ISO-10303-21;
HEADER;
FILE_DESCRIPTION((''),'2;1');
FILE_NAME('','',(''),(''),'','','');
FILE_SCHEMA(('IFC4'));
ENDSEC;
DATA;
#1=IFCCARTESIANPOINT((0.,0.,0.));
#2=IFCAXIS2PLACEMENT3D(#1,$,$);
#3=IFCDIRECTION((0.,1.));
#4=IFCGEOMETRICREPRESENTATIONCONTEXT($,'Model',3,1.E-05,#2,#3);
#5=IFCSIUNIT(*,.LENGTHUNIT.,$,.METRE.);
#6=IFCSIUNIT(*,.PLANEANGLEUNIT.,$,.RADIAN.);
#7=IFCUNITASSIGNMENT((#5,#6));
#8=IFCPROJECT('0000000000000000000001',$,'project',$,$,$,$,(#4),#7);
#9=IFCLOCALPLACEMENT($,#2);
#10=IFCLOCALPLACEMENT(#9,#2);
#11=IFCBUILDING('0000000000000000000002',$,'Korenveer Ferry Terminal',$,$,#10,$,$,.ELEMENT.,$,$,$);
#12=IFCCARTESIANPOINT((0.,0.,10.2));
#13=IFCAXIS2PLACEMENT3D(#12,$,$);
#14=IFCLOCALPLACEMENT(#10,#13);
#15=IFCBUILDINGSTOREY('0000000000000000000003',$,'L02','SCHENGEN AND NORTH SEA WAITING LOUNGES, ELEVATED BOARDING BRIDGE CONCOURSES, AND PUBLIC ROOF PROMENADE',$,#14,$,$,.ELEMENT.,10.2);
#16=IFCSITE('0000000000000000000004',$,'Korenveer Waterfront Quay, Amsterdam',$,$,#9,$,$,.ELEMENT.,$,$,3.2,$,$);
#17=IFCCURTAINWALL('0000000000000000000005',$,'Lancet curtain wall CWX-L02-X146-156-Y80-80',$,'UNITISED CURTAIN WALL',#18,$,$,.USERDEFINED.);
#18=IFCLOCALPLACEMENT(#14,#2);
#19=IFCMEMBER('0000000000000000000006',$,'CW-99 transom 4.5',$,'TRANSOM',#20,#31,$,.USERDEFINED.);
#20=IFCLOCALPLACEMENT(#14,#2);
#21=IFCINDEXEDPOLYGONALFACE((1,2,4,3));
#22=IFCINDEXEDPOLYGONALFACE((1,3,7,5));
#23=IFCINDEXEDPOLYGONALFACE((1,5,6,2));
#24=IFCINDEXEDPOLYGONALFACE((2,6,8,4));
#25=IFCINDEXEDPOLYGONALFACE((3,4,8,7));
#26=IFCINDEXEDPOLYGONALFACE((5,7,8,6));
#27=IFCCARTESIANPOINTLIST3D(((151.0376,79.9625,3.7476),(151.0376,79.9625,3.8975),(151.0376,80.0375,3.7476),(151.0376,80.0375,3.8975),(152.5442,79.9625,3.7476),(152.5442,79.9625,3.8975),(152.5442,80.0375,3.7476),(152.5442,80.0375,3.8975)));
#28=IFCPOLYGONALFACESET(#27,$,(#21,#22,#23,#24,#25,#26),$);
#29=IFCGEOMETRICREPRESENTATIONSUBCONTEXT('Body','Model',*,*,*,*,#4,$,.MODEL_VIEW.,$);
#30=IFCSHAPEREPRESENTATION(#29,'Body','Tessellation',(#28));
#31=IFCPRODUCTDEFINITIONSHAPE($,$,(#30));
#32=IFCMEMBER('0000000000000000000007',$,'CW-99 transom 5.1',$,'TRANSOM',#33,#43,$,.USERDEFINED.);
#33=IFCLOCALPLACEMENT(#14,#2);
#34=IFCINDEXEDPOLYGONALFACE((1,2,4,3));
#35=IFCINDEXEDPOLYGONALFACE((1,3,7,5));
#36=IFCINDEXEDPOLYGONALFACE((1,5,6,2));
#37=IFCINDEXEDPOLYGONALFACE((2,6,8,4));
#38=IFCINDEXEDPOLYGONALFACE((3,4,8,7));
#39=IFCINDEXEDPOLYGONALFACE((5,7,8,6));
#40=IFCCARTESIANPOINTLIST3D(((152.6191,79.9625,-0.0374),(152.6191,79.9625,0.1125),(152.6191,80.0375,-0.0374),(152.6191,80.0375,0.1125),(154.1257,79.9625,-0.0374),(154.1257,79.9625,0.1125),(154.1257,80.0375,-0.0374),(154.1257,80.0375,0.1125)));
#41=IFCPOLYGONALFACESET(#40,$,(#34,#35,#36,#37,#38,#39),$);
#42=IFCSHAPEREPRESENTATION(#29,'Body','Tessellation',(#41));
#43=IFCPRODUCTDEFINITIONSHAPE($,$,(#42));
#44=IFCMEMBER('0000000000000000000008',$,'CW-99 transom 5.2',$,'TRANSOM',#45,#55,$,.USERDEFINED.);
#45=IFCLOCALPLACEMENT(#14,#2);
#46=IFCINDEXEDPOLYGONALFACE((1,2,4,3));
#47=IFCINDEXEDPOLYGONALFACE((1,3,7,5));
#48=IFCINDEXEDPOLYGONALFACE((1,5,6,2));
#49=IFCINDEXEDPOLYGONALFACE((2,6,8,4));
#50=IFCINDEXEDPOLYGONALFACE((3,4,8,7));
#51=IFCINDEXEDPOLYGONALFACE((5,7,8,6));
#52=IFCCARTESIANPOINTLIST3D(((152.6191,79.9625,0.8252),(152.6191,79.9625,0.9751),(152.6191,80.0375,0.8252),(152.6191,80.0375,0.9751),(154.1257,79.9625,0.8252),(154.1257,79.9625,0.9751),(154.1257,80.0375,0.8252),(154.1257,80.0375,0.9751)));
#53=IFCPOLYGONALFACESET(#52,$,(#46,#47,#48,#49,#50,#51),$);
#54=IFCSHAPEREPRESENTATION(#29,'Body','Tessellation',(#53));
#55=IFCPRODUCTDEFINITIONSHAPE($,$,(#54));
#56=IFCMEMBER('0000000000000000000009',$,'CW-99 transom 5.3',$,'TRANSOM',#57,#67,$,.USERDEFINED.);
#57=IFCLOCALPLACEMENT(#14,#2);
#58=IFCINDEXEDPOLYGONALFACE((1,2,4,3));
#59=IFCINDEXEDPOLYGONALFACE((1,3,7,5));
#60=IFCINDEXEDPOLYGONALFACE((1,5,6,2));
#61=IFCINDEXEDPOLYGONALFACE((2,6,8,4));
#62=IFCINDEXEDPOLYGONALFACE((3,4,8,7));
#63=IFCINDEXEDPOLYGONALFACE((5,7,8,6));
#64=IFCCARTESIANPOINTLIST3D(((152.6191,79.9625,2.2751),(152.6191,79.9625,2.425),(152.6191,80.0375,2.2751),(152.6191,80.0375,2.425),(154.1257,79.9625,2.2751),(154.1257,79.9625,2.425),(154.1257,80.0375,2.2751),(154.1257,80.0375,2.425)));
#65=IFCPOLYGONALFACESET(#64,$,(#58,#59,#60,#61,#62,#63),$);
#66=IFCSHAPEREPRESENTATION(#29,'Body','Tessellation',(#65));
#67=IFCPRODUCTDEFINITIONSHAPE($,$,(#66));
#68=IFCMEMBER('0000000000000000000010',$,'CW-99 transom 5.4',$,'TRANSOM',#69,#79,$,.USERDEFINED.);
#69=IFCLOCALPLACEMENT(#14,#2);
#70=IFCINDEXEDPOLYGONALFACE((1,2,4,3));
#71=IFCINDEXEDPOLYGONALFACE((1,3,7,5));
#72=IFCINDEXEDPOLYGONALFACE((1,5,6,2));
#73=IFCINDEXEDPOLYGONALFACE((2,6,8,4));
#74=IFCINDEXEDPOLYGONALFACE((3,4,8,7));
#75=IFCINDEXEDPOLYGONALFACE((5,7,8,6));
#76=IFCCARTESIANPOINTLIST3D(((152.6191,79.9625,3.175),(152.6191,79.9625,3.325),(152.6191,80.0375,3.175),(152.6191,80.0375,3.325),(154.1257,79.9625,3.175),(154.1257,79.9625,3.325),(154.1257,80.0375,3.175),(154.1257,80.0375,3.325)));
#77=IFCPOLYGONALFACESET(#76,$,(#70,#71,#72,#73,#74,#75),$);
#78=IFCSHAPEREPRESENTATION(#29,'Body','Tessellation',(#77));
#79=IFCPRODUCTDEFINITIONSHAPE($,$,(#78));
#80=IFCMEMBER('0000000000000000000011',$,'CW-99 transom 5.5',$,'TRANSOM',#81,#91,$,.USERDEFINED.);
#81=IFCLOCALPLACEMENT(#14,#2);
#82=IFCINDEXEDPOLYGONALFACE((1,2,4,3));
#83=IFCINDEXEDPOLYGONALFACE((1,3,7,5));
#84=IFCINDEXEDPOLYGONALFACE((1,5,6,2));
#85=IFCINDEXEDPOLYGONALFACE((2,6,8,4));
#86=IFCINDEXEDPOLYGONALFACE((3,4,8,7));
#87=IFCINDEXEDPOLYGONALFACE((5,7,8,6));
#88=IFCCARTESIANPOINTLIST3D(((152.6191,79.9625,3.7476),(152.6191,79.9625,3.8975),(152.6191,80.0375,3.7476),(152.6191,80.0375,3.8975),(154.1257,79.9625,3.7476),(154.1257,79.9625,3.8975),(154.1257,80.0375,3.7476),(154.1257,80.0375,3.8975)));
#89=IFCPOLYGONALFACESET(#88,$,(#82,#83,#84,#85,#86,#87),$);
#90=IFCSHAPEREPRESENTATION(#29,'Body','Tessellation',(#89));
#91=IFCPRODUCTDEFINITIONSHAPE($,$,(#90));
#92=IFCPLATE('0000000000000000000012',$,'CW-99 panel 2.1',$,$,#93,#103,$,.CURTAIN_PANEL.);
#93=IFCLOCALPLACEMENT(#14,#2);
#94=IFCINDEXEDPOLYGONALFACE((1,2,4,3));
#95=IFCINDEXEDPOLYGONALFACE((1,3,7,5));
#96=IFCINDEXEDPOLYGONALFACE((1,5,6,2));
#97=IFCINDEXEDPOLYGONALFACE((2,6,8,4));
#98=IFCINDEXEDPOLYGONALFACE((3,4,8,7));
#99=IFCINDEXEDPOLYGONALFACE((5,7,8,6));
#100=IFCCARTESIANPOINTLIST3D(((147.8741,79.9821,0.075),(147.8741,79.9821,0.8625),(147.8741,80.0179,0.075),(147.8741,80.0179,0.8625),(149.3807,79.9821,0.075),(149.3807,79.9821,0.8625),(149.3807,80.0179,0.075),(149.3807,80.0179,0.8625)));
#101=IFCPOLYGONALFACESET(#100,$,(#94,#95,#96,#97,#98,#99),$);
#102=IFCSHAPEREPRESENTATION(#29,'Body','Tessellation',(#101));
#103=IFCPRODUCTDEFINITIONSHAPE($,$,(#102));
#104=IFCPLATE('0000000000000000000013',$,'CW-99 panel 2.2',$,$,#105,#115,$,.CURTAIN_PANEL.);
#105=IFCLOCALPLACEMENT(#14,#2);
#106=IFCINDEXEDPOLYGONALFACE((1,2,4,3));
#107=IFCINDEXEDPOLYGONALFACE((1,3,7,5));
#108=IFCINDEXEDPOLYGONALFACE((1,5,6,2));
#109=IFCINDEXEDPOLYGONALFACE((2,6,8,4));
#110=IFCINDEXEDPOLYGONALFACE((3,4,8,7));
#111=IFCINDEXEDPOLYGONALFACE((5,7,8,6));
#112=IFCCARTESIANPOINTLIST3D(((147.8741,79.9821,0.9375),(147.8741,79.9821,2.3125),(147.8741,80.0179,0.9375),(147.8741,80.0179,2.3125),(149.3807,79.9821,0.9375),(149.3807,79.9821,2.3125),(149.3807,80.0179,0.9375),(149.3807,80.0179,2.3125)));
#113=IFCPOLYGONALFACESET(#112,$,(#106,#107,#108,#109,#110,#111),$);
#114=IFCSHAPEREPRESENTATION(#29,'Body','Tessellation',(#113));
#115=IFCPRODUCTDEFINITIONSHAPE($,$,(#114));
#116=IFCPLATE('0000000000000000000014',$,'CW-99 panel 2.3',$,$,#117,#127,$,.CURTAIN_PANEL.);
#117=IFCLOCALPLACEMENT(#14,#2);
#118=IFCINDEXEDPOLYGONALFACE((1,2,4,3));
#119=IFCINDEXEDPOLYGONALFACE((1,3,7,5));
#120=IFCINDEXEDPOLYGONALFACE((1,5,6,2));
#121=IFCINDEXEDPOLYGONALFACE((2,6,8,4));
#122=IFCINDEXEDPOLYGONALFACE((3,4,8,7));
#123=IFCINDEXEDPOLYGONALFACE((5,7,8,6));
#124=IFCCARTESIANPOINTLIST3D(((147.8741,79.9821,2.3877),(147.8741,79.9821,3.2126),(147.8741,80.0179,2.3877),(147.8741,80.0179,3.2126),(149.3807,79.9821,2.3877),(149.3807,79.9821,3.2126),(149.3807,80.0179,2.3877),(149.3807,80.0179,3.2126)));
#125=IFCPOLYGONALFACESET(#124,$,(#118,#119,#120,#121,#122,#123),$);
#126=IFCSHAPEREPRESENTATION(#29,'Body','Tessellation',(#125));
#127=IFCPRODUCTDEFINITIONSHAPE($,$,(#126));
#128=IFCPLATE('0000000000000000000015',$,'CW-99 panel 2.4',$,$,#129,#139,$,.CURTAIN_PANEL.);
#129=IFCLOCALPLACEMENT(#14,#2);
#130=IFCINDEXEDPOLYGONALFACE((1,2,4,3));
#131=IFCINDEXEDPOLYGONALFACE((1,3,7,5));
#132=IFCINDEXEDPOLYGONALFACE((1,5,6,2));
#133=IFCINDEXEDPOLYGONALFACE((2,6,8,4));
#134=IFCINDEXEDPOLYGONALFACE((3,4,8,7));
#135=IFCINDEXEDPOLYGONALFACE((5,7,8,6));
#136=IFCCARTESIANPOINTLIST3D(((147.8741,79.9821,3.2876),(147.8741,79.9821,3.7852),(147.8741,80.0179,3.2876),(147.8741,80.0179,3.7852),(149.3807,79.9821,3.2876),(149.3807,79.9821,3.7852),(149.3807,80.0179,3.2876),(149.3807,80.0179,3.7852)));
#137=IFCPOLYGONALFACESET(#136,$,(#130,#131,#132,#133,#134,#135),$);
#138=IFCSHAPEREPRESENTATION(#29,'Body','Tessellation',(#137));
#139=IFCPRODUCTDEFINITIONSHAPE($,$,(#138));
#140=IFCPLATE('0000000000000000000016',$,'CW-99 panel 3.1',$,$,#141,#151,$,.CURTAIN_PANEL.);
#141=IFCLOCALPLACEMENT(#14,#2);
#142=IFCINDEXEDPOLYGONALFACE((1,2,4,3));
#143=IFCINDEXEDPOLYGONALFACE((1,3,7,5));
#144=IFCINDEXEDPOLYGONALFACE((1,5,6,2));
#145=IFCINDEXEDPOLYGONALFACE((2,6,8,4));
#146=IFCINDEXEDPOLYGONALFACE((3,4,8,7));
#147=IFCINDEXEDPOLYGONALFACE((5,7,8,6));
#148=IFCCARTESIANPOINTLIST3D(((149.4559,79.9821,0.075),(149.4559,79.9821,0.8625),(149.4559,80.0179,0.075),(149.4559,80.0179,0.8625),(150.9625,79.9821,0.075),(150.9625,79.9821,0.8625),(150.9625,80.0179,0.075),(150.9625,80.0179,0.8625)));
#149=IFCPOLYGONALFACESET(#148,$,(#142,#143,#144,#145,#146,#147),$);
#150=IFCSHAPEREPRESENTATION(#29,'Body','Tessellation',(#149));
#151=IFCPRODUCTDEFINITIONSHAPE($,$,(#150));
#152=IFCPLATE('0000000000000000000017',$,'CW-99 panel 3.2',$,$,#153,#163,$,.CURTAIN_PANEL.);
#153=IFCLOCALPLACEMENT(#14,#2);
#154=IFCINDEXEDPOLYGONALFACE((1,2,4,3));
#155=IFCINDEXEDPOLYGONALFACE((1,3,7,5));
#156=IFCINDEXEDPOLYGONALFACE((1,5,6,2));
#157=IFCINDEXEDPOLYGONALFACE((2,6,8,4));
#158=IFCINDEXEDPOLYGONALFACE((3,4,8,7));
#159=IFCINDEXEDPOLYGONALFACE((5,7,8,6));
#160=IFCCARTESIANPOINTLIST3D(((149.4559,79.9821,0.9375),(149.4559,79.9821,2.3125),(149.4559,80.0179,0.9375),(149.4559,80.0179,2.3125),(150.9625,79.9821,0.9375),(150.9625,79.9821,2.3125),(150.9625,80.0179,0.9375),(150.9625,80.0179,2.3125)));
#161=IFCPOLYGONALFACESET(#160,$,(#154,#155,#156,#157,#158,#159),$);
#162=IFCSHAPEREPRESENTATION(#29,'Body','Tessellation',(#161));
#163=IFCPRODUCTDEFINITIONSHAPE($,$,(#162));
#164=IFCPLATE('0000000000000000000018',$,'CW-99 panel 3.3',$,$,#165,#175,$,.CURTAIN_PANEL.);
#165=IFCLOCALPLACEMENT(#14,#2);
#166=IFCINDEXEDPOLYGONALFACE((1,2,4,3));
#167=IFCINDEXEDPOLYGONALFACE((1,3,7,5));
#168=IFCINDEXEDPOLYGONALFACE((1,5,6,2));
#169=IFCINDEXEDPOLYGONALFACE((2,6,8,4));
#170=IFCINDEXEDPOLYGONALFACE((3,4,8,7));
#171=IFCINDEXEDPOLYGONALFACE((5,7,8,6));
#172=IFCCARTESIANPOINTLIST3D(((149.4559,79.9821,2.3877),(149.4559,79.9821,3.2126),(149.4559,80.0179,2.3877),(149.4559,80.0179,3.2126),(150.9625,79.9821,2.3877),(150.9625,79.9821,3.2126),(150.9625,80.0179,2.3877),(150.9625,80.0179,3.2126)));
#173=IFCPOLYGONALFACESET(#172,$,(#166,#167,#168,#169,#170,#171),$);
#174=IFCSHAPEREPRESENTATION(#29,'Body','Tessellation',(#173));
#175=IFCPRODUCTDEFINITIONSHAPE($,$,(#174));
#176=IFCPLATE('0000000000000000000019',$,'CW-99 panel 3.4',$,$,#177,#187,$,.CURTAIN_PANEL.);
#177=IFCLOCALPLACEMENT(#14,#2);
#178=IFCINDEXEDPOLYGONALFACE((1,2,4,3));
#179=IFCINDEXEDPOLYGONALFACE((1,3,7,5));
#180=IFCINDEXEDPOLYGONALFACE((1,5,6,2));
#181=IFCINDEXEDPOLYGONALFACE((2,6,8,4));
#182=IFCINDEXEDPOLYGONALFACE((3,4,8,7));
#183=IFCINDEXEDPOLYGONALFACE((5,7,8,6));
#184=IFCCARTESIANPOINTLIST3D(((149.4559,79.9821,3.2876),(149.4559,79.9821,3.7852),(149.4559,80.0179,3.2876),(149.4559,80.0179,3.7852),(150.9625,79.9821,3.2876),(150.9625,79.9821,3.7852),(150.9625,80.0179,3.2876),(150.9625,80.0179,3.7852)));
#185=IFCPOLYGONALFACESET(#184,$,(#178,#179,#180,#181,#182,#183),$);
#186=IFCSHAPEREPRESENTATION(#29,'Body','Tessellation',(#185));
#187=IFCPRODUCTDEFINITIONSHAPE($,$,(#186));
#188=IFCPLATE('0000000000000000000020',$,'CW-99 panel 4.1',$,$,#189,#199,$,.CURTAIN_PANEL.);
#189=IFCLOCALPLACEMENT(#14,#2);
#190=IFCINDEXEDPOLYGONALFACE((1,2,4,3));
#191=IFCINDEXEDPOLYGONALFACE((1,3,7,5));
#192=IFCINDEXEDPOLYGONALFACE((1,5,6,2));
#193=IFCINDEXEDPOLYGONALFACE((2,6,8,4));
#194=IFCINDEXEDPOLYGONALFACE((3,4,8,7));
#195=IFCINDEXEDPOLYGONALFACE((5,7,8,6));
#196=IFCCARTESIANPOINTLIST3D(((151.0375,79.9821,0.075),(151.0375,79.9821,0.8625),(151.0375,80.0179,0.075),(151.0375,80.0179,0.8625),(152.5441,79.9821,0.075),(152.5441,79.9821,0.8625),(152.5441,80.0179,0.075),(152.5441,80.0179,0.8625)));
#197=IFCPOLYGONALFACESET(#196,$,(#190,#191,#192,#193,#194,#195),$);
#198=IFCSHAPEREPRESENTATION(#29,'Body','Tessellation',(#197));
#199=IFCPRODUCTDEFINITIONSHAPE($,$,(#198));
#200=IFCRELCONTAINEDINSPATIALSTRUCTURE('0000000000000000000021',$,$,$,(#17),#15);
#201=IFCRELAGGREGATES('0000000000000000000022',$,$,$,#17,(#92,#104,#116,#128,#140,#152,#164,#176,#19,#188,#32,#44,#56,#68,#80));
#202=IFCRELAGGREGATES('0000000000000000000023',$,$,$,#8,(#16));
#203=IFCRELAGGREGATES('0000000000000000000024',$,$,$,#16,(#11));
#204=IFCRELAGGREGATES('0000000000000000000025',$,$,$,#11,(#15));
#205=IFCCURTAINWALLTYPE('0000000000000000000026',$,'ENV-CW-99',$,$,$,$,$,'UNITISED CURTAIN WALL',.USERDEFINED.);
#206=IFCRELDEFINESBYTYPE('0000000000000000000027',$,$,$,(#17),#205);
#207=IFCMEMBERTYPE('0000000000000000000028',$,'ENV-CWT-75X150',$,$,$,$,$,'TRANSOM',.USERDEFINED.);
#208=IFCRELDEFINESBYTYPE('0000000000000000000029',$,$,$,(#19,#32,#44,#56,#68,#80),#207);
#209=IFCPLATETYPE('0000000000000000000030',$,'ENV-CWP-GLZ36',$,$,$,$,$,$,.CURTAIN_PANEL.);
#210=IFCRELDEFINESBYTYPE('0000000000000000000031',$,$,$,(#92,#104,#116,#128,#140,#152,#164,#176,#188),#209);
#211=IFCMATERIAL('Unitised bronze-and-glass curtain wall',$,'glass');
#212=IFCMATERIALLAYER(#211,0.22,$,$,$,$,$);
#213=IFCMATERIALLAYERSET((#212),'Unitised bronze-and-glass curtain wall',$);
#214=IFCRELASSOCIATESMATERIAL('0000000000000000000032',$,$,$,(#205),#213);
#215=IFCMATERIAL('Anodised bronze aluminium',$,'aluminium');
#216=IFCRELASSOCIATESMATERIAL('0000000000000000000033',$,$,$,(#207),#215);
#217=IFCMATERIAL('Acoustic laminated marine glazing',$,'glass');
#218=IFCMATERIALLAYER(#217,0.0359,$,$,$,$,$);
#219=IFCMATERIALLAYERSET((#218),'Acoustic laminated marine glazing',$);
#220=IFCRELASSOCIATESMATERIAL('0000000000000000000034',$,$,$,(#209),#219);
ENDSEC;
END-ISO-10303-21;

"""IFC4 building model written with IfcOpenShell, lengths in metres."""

from ifc_helpers import new_model, si_unit, direction, frame, origin, origin_2d, place, context, subcontext, project, spatial, rectangle, extrude, material, layer, layer_set, material_profile, profile_set, type_object, element, aggregate, save


model = new_model("IFC4")

# Units and contexts
model_context = context("Model", 3, precision=1e-05, world=origin(), true_north=direction((0.0, 1.0)))
body_context = subcontext(model_context, "Body", "Model", "MODEL_VIEW")
ifc_project = project(units=[si_unit("LENGTHUNIT", "METRE"), si_unit("PLANEANGLEUNIT", "RADIAN")], contexts=[model_context])

# Site, building, storey
site_placement = place(None, origin())
site = spatial("IfcSite", under=ifc_project, at=site_placement, Name="Korenveer Waterfront Quay, Amsterdam", CompositionType="ELEMENT", RefElevation=3.2)
building_placement = place(site_placement, origin())
building = spatial("IfcBuilding", under=site, at=building_placement, Name="Korenveer Ferry Terminal", CompositionType="ELEMENT")
storey_placement = place(building_placement, frame((0.0, 0.0, 10.2)))
storey = spatial("IfcBuildingStorey", under=building, at=storey_placement, Name="L02", Description="SCHENGEN AND NORTH SEA WAITING LOUNGES, ELEVATED BOARDING BRIDGE CONCOURSES, AND PUBLIC ROOF PROMENADE", CompositionType="ELEMENT", Elevation=10.2)

# Curtain wall, members, plates
ifc_material_1 = material(Name="Unitised bronze-and-glass curtain wall", Category="glass")
ifc_layer_1 = layer(ifc_material_1, 0.22)
ifc_layer_set_1 = layer_set([ifc_layer_1], Name="Unitised bronze-and-glass curtain wall")
curtain_wall_type = type_object("IfcCurtainWallType", Name="ENV-CW-99", ElementType="UNITISED CURTAIN WALL", PredefinedType="USERDEFINED", material=ifc_layer_set_1)
curtain_wall_placement = place(storey_placement, frame((146.2549, 80.0, 0.0)))
curtain_wall = element("IfcCurtainWall", 1, at=curtain_wall_placement, inside=storey, type_object=curtain_wall_type, Name="Lancet curtain wall CWX-L02-X146-156-Y80-80", ObjectType="UNITISED CURTAIN WALL", PredefinedType="USERDEFINED")
ifc_material_2 = material(Name="Anodised bronze aluminium", Category="aluminium")
ifc_material_profile_1 = material_profile(ifc_material_2, rectangle(XDim=0.075, YDim=0.1499, at=origin_2d()), Name="ALU 75x150")
ifc_profile_set_1 = profile_set([ifc_material_profile_1], Name="Anodised bronze aluminium")
member_type_1 = type_object("IfcMemberType", Name="ENV-CWT-75X150", ElementType="TRANSOM", PredefinedType="USERDEFINED", material=ifc_profile_set_1)
member_1_placement = place(storey_placement, frame((151.0376, 80.0, 3.8225), z_axis=(1.0, 0.0, 0.0), x_axis=(0.0, 1.0, 0.0)))
member_1 = element("IfcMember", 2, at=member_1_placement, type_object=member_type_1, Name="CW-99 transom 4.5", ObjectType="TRANSOM", PredefinedType="USERDEFINED", context=body_context, shape_type="SweptSolid", body=[
    extrude(rectangle(XDim=0.075, YDim=0.1499, at=origin_2d()), origin(), (0.0, 0.0, 1.0), 1.5066),
])
member_2_placement = place(storey_placement, frame((152.6191, 80.0, 0.0376), z_axis=(1.0, 0.0, 0.0), x_axis=(0.0, 1.0, 0.0)))
member_2 = element("IfcMember", 3, at=member_2_placement, type_object=member_type_1, Name="CW-99 transom 5.1", ObjectType="TRANSOM", PredefinedType="USERDEFINED", context=body_context, shape_type="SweptSolid", body=[
    extrude(rectangle(XDim=0.075, YDim=0.1499, at=origin_2d()), origin(), (0.0, 0.0, 1.0), 1.5066),
])
member_3_placement = place(storey_placement, frame((152.6191, 80.0, 0.9001), z_axis=(1.0, 0.0, 0.0), x_axis=(0.0, 1.0, 0.0)))
member_3 = element("IfcMember", 4, at=member_3_placement, type_object=member_type_1, Name="CW-99 transom 5.2", ObjectType="TRANSOM", PredefinedType="USERDEFINED", context=body_context, shape_type="SweptSolid", body=[
    extrude(rectangle(XDim=0.075, YDim=0.1499, at=origin_2d()), origin(), (0.0, 0.0, 1.0), 1.5066),
])
member_4_placement = place(storey_placement, frame((152.6191, 80.0, 2.3501), z_axis=(1.0, 0.0, 0.0), x_axis=(0.0, 1.0, 0.0)))
member_4 = element("IfcMember", 5, at=member_4_placement, type_object=member_type_1, Name="CW-99 transom 5.3", ObjectType="TRANSOM", PredefinedType="USERDEFINED", context=body_context, shape_type="SweptSolid", body=[
    extrude(rectangle(XDim=0.075, YDim=0.1499, at=origin_2d()), origin(), (0.0, 0.0, 1.0), 1.5066),
])
member_5_placement = place(storey_placement, frame((152.6191, 80.0, 3.25), z_axis=(1.0, 0.0, 0.0), x_axis=(0.0, 1.0, 0.0)))
member_5 = element("IfcMember", 6, at=member_5_placement, type_object=member_type_1, Name="CW-99 transom 5.4", ObjectType="TRANSOM", PredefinedType="USERDEFINED", context=body_context, shape_type="SweptSolid", body=[
    extrude(rectangle(XDim=0.075, YDim=0.1499, at=origin_2d()), origin(), (0.0, 0.0, 1.0), 1.5066),
])
member_6_placement = place(storey_placement, frame((152.6191, 80.0, 3.8225), z_axis=(1.0, 0.0, 0.0), x_axis=(0.0, 1.0, 0.0)))
member_6 = element("IfcMember", 7, at=member_6_placement, type_object=member_type_1, Name="CW-99 transom 5.5", ObjectType="TRANSOM", PredefinedType="USERDEFINED", context=body_context, shape_type="SweptSolid", body=[
    extrude(rectangle(XDim=0.075, YDim=0.1499, at=origin_2d()), origin(), (0.0, 0.0, 1.0), 1.5066),
])
ifc_material_3 = material(Name="Acoustic laminated marine glazing", Category="glass")
ifc_layer_2 = layer(ifc_material_3, 0.0359)
ifc_layer_set_2 = layer_set([ifc_layer_2], Name="Acoustic laminated marine glazing")
plate_type = type_object("IfcPlateType", Name="ENV-CWP-GLZ36", PredefinedType="CURTAIN_PANEL", material=ifc_layer_set_2)
plate_1_placement = place(storey_placement, frame((148.6274, 80.0, 0.075), z_axis=(0.0, 0.0, 1.0), x_axis=(1.0, 0.0, 0.0)))
plate_1 = element("IfcPlate", 8, at=plate_1_placement, type_object=plate_type, Name="CW-99 panel 2.1", PredefinedType="CURTAIN_PANEL", context=body_context, shape_type="SweptSolid", body=[
    extrude(rectangle(XDim=1.5066, YDim=0.0359, at=origin_2d()), origin(), (0.0, 0.0, 1.0), 0.7876),
])
plate_2_placement = place(storey_placement, frame((148.6274, 80.0, 0.9375), z_axis=(0.0, 0.0, 1.0), x_axis=(1.0, 0.0, 0.0)))
plate_2 = element("IfcPlate", 9, at=plate_2_placement, type_object=plate_type, Name="CW-99 panel 2.2", PredefinedType="CURTAIN_PANEL", context=body_context, shape_type="SweptSolid", body=[
    extrude(rectangle(XDim=1.5066, YDim=0.0359, at=origin_2d()), origin(), (0.0, 0.0, 1.0), 1.375),
])
plate_3_placement = place(storey_placement, frame((148.6274, 80.0, 2.3877), z_axis=(0.0, 0.0, 1.0), x_axis=(1.0, 0.0, 0.0)))
plate_3 = element("IfcPlate", 10, at=plate_3_placement, type_object=plate_type, Name="CW-99 panel 2.3", PredefinedType="CURTAIN_PANEL", context=body_context, shape_type="SweptSolid", body=[
    extrude(rectangle(XDim=1.5066, YDim=0.0359, at=origin_2d()), origin(), (0.0, 0.0, 1.0), 0.825),
])
plate_4_placement = place(storey_placement, frame((148.6274, 80.0, 3.2876), z_axis=(0.0, 0.0, 1.0), x_axis=(1.0, 0.0, 0.0)))
plate_4 = element("IfcPlate", 11, at=plate_4_placement, type_object=plate_type, Name="CW-99 panel 2.4", PredefinedType="CURTAIN_PANEL", context=body_context, shape_type="SweptSolid", body=[
    extrude(rectangle(XDim=1.5066, YDim=0.0359, at=origin_2d()), origin(), (0.0, 0.0, 1.0), 0.4976),
])
plate_5_placement = place(storey_placement, frame((150.2092, 80.0, 0.075), z_axis=(0.0, 0.0, 1.0), x_axis=(1.0, 0.0, 0.0)))
plate_5 = element("IfcPlate", 12, at=plate_5_placement, type_object=plate_type, Name="CW-99 panel 3.1", PredefinedType="CURTAIN_PANEL", context=body_context, shape_type="SweptSolid", body=[
    extrude(rectangle(XDim=1.5066, YDim=0.0359, at=origin_2d()), origin(), (0.0, 0.0, 1.0), 0.7876),
])
plate_6_placement = place(storey_placement, frame((150.2092, 80.0, 0.9375), z_axis=(0.0, 0.0, 1.0), x_axis=(1.0, 0.0, 0.0)))
plate_6 = element("IfcPlate", 13, at=plate_6_placement, type_object=plate_type, Name="CW-99 panel 3.2", PredefinedType="CURTAIN_PANEL", context=body_context, shape_type="SweptSolid", body=[
    extrude(rectangle(XDim=1.5066, YDim=0.0359, at=origin_2d()), origin(), (0.0, 0.0, 1.0), 1.375),
])
plate_7_placement = place(storey_placement, frame((150.2092, 80.0, 2.3877), z_axis=(0.0, 0.0, 1.0), x_axis=(1.0, 0.0, 0.0)))
plate_7 = element("IfcPlate", 14, at=plate_7_placement, type_object=plate_type, Name="CW-99 panel 3.3", PredefinedType="CURTAIN_PANEL", context=body_context, shape_type="SweptSolid", body=[
    extrude(rectangle(XDim=1.5066, YDim=0.0359, at=origin_2d()), origin(), (0.0, 0.0, 1.0), 0.825),
])
plate_8_placement = place(storey_placement, frame((150.2092, 80.0, 3.2876), z_axis=(0.0, 0.0, 1.0), x_axis=(1.0, 0.0, 0.0)))
plate_8 = element("IfcPlate", 15, at=plate_8_placement, type_object=plate_type, Name="CW-99 panel 3.4", PredefinedType="CURTAIN_PANEL", context=body_context, shape_type="SweptSolid", body=[
    extrude(rectangle(XDim=1.5066, YDim=0.0359, at=origin_2d()), origin(), (0.0, 0.0, 1.0), 0.4976),
])
plate_9_placement = place(storey_placement, frame((151.7908, 80.0, 0.075), z_axis=(0.0, 0.0, 1.0), x_axis=(1.0, 0.0, 0.0)))
plate_9 = element("IfcPlate", 16, at=plate_9_placement, type_object=plate_type, Name="CW-99 panel 4.1", PredefinedType="CURTAIN_PANEL", context=body_context, shape_type="SweptSolid", body=[
    extrude(rectangle(XDim=1.5066, YDim=0.0359, at=origin_2d()), origin(), (0.0, 0.0, 1.0), 0.7876),
])
aggregate(curtain_wall, [plate_1, plate_2, plate_3, plate_4, plate_5, plate_6, plate_7, plate_8, member_1, plate_9, member_2, member_3, member_4, member_5, member_6])

save(model, "model.ifc")
